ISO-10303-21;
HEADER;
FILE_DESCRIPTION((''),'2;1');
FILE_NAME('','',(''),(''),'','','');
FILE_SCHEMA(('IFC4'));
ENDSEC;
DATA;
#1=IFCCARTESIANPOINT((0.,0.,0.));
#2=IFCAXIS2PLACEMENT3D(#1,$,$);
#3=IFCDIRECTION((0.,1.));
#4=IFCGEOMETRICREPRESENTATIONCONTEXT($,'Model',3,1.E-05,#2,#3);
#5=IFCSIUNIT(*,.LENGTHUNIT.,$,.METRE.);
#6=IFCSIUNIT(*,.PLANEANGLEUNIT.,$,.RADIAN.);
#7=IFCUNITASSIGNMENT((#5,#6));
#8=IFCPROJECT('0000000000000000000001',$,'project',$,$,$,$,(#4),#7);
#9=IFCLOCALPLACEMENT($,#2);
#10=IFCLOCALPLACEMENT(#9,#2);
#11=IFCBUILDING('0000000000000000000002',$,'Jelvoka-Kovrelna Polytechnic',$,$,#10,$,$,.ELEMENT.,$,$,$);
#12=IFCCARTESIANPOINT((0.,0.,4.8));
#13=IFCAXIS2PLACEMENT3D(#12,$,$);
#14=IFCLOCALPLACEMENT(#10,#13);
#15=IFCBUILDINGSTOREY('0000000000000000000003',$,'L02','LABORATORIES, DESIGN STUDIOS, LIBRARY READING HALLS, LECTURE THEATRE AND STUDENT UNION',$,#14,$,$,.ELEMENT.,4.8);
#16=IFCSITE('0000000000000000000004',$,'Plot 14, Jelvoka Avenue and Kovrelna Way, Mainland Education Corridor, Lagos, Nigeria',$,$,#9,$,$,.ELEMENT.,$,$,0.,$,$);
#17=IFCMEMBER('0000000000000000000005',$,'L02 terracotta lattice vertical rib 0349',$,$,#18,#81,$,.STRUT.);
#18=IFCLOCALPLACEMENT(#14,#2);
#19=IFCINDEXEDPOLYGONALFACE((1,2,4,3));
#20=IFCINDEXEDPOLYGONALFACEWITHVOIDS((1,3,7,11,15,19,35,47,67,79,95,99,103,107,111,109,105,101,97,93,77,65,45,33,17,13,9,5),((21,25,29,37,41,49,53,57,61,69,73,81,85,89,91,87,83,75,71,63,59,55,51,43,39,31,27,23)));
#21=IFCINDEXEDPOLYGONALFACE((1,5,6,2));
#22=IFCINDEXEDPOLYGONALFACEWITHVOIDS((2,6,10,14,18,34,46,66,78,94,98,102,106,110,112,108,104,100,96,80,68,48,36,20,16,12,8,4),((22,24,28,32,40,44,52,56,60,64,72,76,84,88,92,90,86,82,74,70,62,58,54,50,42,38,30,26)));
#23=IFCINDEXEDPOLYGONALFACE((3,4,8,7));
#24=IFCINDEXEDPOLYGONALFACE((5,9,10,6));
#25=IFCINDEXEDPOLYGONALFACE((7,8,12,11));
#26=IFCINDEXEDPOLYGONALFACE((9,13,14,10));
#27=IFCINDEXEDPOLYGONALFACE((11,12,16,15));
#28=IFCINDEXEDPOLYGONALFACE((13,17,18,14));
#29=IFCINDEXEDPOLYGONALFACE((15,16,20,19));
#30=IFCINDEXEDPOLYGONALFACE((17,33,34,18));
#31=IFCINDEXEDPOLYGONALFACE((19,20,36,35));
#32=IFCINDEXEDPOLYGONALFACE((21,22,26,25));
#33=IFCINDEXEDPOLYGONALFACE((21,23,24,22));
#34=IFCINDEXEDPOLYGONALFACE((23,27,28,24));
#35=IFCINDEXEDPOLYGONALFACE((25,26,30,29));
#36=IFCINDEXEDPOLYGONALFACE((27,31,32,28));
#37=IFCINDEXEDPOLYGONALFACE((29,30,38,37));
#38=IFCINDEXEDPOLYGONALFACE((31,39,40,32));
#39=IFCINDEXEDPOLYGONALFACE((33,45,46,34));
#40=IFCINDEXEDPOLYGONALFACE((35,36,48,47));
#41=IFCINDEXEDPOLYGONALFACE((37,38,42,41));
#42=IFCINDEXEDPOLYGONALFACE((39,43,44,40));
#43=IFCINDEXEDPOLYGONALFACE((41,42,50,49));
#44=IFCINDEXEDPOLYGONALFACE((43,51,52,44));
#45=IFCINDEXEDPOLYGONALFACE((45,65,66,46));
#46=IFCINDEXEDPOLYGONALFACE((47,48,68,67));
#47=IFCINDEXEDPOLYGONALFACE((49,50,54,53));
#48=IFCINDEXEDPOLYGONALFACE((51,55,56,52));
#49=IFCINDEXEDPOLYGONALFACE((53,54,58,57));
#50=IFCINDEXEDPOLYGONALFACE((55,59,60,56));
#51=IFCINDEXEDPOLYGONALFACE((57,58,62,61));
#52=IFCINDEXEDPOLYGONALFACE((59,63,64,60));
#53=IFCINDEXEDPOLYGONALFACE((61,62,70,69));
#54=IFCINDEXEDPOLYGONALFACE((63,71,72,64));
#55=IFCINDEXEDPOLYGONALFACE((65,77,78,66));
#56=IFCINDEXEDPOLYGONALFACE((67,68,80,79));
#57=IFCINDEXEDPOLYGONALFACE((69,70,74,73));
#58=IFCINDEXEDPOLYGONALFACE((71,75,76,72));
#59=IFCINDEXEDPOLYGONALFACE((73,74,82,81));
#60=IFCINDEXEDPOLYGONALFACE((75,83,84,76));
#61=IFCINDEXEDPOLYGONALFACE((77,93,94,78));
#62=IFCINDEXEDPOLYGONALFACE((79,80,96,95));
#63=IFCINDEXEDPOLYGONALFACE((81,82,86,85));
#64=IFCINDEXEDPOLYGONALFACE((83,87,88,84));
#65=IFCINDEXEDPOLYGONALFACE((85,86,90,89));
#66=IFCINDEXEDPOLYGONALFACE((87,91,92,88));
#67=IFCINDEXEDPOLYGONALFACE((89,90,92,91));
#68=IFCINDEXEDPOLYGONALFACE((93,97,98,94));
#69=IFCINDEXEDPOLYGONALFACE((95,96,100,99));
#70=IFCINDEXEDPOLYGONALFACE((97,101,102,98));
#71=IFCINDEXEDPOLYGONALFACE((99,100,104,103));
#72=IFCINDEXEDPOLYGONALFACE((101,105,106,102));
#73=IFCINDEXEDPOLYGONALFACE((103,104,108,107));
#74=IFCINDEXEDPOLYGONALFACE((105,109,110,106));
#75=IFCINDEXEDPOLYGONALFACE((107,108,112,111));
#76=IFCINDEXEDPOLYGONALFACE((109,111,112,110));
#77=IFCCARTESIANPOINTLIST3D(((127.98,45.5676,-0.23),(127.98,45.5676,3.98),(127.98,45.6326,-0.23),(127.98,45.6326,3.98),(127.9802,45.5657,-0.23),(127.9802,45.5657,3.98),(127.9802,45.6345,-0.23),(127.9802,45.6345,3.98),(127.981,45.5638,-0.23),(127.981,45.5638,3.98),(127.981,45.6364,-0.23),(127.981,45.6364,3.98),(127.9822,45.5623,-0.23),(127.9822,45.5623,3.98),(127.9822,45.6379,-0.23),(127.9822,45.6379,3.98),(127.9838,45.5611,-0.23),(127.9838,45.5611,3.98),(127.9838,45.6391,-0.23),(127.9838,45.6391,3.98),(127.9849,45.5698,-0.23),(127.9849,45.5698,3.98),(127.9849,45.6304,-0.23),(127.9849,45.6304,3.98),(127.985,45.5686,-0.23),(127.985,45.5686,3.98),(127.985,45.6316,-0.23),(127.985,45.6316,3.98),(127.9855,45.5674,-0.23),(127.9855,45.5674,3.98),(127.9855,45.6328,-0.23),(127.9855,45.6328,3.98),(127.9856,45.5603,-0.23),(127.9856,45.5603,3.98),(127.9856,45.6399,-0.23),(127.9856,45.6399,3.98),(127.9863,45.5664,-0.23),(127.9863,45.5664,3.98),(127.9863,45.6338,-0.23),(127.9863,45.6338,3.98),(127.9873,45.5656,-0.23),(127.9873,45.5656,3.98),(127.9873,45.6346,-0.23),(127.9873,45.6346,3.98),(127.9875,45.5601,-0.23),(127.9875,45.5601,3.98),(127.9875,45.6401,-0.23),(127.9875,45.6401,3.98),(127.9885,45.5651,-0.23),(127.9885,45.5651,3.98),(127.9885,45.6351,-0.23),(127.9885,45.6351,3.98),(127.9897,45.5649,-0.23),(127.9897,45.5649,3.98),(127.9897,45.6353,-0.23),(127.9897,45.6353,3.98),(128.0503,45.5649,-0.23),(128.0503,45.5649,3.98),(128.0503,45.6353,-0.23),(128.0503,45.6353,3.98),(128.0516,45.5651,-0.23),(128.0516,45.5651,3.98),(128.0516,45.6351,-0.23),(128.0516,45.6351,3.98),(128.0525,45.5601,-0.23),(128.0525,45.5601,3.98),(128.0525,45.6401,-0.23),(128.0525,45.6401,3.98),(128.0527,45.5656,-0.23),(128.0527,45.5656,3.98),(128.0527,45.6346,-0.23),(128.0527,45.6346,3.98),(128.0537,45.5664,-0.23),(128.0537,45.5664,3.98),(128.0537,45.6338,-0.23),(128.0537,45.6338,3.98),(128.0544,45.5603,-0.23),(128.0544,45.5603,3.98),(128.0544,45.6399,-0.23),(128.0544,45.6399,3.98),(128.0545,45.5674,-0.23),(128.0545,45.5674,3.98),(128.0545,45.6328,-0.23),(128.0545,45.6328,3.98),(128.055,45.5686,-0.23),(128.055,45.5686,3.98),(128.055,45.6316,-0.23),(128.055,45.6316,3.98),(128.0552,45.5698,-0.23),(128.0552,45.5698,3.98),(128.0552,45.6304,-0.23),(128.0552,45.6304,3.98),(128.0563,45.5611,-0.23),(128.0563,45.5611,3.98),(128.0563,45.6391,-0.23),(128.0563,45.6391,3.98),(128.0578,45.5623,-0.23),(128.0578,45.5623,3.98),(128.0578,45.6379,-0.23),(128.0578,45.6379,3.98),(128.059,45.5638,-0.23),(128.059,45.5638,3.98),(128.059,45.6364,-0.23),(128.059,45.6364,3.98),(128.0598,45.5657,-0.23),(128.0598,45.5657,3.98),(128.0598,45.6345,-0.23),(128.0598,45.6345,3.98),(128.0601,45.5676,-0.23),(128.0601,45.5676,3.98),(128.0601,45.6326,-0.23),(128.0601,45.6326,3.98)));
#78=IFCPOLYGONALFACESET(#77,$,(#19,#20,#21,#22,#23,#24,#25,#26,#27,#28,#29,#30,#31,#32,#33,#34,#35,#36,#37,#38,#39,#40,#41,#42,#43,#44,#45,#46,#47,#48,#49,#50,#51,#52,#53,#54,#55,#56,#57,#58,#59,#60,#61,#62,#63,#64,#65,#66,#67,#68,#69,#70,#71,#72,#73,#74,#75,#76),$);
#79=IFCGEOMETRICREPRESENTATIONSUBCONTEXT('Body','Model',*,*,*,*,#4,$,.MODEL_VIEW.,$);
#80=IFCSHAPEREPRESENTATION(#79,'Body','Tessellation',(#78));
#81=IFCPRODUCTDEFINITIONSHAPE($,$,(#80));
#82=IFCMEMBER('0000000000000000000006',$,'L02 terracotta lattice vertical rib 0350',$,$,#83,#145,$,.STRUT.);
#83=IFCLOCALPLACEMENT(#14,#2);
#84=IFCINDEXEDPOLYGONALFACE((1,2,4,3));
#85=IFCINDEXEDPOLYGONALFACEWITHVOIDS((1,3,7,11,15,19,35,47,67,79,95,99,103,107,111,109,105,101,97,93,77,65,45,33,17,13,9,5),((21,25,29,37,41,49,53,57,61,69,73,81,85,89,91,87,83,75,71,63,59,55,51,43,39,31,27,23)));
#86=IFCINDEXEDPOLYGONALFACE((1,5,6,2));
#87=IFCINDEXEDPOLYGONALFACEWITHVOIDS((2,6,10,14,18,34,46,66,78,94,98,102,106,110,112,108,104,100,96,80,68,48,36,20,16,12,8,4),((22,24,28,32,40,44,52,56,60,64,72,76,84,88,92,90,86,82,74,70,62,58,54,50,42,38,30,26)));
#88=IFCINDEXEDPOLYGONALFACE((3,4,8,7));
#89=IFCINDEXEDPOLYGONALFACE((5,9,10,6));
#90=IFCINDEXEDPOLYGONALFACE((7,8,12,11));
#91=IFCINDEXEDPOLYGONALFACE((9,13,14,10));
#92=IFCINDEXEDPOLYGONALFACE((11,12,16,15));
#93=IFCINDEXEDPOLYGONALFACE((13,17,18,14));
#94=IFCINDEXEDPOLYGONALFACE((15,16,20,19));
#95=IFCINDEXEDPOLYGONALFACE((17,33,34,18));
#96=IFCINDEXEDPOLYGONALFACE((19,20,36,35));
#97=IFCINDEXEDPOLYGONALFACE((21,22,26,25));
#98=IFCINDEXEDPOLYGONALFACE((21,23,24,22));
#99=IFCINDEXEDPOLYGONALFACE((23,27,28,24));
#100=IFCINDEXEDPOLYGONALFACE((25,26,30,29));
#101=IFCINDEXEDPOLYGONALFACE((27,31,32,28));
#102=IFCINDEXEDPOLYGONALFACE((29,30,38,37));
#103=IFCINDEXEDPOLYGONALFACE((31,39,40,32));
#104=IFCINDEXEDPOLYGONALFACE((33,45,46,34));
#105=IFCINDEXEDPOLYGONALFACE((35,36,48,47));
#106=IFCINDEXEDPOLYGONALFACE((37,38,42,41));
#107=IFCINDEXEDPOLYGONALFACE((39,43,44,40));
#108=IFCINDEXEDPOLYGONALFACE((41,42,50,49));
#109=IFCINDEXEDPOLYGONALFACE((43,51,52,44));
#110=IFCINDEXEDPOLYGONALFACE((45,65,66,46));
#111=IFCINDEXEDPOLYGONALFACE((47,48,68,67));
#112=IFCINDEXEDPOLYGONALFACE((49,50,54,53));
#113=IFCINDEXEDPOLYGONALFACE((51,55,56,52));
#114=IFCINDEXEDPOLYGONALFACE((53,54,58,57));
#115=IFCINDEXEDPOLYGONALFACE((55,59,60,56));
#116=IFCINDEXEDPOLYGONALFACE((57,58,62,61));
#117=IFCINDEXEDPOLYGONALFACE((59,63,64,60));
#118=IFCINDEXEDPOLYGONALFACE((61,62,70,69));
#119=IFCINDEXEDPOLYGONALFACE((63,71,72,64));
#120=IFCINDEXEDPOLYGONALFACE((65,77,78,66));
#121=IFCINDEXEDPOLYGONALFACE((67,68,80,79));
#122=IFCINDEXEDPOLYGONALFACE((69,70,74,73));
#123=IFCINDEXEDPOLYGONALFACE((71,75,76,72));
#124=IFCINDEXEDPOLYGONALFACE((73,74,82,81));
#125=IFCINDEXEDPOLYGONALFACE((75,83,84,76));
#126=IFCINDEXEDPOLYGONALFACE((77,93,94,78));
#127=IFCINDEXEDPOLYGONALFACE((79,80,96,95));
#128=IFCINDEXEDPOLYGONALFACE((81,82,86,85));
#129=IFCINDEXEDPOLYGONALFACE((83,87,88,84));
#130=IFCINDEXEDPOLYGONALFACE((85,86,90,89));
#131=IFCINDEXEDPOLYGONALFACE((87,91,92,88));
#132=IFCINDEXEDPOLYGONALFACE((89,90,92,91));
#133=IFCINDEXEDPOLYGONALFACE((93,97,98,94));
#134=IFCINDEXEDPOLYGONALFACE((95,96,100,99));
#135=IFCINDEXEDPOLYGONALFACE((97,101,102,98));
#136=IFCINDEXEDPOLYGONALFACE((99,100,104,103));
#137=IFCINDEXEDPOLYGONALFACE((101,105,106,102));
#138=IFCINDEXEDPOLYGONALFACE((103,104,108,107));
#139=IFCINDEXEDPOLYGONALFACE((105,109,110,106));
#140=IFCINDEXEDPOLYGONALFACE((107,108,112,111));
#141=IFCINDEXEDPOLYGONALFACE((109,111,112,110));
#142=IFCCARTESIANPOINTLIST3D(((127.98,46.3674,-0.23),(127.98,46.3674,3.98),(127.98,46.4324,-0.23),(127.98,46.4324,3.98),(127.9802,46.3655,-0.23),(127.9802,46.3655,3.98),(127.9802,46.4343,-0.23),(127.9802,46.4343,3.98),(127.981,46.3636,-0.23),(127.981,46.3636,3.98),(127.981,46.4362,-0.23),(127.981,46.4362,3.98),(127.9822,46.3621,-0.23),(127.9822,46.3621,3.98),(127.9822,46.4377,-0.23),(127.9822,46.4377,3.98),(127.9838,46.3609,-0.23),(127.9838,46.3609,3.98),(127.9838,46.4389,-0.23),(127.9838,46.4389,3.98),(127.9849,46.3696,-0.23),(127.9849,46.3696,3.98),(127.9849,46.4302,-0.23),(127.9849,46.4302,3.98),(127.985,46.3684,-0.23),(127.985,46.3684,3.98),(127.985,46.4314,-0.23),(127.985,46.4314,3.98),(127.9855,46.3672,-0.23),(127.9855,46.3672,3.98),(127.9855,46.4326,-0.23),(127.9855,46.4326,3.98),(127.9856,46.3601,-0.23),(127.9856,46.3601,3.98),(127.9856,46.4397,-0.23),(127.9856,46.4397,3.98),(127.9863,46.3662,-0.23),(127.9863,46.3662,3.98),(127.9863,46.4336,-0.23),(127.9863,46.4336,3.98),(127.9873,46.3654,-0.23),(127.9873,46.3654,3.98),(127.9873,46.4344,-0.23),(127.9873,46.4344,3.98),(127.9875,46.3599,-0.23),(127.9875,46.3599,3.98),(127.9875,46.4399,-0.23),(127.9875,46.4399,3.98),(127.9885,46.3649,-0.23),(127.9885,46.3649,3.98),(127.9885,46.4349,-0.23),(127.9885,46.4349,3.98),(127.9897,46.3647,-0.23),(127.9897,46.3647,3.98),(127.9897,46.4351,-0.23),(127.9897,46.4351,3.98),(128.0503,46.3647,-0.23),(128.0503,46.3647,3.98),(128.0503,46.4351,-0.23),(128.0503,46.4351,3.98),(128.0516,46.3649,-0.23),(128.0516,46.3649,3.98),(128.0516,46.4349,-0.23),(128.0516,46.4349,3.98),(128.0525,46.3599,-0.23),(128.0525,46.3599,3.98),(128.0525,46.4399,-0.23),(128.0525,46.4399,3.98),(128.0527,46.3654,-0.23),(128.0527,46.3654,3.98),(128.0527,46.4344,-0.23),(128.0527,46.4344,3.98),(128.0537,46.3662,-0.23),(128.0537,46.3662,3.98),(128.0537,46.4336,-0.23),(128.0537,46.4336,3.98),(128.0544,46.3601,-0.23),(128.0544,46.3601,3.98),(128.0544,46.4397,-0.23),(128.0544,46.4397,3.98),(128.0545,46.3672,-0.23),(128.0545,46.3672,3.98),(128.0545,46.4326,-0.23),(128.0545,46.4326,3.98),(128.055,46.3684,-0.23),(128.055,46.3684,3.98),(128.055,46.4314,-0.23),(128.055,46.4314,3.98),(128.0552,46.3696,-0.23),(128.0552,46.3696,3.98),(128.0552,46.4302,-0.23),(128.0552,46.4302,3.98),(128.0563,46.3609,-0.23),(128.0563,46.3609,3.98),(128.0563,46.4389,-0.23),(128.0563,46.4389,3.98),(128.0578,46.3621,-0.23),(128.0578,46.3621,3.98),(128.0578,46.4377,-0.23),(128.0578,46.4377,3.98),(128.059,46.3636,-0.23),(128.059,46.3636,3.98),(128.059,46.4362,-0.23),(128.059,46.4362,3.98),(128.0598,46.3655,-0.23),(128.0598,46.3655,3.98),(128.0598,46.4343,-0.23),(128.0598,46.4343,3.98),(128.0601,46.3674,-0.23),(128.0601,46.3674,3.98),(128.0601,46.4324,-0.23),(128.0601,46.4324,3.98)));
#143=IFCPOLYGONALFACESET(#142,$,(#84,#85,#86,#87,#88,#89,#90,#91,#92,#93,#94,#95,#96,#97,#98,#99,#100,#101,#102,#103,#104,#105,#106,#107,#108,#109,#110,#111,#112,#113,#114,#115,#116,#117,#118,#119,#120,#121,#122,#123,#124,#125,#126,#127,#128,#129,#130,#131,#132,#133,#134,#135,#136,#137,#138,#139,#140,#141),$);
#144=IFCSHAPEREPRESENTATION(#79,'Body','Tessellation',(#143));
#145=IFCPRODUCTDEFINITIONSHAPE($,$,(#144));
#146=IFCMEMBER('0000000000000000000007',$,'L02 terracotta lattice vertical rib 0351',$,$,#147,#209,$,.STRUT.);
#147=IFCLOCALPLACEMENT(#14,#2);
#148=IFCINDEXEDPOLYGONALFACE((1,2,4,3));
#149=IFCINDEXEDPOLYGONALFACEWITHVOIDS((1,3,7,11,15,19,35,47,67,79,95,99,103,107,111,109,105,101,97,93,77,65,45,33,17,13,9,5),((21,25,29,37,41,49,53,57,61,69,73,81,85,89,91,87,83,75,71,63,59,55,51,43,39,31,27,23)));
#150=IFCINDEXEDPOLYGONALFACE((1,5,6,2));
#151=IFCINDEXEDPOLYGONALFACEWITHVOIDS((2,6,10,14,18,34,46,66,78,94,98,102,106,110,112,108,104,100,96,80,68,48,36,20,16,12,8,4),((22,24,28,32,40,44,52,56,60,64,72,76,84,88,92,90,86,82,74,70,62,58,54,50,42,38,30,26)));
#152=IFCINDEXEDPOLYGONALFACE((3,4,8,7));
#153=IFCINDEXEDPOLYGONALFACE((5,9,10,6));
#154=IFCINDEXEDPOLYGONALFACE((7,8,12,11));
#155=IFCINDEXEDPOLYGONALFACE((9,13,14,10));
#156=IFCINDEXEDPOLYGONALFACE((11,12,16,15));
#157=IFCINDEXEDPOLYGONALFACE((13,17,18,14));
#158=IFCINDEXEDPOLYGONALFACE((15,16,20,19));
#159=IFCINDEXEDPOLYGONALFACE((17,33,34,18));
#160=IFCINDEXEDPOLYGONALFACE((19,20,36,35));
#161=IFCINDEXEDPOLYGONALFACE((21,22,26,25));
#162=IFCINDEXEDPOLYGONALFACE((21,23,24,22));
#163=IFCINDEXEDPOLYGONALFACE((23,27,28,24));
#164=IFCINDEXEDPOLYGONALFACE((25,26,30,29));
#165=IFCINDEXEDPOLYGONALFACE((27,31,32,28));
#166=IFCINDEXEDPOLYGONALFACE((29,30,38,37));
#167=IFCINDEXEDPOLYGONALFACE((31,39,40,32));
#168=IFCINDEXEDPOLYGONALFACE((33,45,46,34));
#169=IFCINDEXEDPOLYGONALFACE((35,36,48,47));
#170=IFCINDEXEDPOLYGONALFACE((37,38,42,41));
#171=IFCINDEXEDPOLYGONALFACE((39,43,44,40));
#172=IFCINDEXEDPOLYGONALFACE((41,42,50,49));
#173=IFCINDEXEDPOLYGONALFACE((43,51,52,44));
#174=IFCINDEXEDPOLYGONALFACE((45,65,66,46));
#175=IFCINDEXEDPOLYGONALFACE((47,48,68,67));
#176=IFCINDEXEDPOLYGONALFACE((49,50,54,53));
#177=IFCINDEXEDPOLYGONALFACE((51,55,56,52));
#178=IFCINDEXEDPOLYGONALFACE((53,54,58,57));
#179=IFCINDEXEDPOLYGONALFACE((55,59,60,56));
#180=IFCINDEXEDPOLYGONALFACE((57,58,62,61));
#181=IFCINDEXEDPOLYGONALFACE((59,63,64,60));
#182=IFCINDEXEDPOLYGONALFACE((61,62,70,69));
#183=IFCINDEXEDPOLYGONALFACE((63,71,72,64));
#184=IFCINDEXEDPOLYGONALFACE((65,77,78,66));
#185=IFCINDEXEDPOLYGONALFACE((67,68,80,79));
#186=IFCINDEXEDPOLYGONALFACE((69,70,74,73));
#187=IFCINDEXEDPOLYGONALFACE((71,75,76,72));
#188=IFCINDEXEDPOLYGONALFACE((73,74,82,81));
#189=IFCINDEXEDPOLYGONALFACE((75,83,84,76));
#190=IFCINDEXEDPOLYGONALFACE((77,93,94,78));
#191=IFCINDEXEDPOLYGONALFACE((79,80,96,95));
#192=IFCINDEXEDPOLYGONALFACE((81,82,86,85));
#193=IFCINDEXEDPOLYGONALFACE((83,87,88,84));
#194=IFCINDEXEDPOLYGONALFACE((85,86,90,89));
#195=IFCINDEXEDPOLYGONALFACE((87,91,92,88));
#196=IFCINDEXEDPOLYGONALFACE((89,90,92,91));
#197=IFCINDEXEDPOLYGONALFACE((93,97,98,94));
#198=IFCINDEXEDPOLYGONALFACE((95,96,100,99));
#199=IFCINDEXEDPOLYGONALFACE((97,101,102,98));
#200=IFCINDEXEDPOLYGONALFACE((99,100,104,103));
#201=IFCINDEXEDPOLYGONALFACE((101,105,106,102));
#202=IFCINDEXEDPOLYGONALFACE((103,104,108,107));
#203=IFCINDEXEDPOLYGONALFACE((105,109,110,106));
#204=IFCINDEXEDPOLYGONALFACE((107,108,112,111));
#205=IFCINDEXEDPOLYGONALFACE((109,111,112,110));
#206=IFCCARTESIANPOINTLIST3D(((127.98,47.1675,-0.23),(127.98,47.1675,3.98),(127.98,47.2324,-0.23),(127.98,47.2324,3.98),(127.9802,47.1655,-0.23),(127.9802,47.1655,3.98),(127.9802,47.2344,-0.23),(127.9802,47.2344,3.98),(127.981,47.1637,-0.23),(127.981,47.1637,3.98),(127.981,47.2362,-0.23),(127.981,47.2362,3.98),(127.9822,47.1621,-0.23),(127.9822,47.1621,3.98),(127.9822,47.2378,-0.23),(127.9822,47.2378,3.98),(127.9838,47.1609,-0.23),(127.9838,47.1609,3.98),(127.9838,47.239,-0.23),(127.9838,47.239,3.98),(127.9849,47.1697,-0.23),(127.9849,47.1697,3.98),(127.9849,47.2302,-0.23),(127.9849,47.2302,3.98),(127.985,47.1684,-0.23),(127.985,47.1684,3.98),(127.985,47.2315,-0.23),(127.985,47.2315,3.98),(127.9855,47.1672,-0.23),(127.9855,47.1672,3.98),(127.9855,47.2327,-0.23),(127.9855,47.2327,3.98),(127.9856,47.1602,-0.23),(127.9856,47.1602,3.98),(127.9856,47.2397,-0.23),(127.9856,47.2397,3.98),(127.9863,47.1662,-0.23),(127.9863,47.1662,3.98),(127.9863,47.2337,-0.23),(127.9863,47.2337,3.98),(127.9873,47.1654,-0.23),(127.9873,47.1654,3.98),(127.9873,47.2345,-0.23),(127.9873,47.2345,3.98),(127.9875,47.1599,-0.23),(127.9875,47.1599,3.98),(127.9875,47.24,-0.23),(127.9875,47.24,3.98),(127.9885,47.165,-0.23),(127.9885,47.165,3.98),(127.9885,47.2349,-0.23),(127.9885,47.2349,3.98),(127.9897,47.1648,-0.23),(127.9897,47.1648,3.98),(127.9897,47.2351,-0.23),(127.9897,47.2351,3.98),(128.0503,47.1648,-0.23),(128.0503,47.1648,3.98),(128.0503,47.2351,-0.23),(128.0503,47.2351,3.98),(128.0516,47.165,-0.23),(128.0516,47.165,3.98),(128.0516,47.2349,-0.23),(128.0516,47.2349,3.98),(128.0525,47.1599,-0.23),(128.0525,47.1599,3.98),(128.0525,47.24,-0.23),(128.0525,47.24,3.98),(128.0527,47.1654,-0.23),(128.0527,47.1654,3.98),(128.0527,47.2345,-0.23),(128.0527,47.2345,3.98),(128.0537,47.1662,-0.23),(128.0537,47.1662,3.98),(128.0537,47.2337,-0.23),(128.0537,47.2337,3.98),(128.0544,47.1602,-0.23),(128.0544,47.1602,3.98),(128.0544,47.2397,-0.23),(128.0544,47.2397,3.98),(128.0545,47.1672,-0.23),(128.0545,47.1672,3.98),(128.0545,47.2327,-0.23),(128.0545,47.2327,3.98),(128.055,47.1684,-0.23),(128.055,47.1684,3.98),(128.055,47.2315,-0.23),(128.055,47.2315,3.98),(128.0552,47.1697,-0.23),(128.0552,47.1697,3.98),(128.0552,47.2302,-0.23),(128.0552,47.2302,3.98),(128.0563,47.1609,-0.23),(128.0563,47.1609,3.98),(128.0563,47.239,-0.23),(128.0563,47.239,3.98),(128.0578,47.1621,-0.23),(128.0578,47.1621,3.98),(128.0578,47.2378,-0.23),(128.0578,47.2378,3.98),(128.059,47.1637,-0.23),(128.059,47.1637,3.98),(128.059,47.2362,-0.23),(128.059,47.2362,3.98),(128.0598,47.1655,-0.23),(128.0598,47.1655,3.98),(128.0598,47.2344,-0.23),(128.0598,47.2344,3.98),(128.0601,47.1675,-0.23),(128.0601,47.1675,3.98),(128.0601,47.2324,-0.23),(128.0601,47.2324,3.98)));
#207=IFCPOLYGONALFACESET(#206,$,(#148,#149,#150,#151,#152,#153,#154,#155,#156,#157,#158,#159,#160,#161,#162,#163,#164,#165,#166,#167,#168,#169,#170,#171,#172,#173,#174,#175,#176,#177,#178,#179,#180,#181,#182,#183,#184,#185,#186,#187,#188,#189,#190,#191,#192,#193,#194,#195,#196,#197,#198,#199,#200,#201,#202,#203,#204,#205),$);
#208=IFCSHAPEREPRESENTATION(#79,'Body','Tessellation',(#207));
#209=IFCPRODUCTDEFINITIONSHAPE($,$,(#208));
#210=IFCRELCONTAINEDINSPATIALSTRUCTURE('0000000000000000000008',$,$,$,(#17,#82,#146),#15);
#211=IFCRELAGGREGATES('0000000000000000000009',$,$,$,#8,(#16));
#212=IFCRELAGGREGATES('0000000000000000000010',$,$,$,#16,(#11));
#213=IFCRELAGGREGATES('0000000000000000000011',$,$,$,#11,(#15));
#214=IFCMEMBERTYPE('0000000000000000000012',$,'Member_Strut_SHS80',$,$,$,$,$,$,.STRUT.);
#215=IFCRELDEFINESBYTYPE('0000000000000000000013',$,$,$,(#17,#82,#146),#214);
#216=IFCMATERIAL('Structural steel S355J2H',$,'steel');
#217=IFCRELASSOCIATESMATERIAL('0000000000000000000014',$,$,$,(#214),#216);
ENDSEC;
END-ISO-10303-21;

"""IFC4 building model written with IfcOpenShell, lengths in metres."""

from ifc_helpers import new_model, si_unit, direction, frame, origin, origin_2d, place, context, subcontext, project, spatial, hollow_rectangle, extrude, material, material_profile, profile_set, type_object, element, save


model = new_model("IFC4")

# Units and contexts
model_context = context("Model", 3, precision=1e-05, world=origin(), true_north=direction((0.0, 1.0)))
body_context = subcontext(model_context, "Body", "Model", "MODEL_VIEW")
ifc_project = project(units=[si_unit("LENGTHUNIT", "METRE"), si_unit("PLANEANGLEUNIT", "RADIAN")], contexts=[model_context])

# Site, building, storey
site_placement = place(None, origin())
site = spatial("IfcSite", under=ifc_project, at=site_placement, Name="Plot 14, Jelvoka Avenue and Kovrelna Way, Mainland Education Corridor, Lagos, Nigeria", CompositionType="ELEMENT", RefElevation=0.0)
building_placement = place(site_placement, origin())
building = spatial("IfcBuilding", under=site, at=building_placement, Name="Jelvoka-Kovrelna Polytechnic", CompositionType="ELEMENT")
storey_placement = place(building_placement, frame((0.0, 0.0, 4.8)))
storey = spatial("IfcBuildingStorey", under=building, at=storey_placement, Name="L02", Description="LABORATORIES, DESIGN STUDIOS, LIBRARY READING HALLS, LECTURE THEATRE AND STUDENT UNION", CompositionType="ELEMENT", Elevation=4.8)

# Members
ifc_material_1 = material(Name="Structural steel S355J2H", Category="steel")
ifc_material_profile_1 = material_profile(ifc_material_1, hollow_rectangle(XDim=0.0801, YDim=0.0801, WallThickness=0.0049, InnerFilletRadius=0.0049, OuterFilletRadius=0.0076, at=origin_2d()), Name="80x80x5.0 SHS")
ifc_profile_set_1 = profile_set([ifc_material_profile_1], Name="Structural steel S355J2H")
member_type = type_object("IfcMemberType", Name="Member_Strut_SHS80", PredefinedType="STRUT", material=ifc_profile_set_1)
for number, where, z_axis, x_axis, name in (
    (1, (128.02, 45.6001, -0.23), (0.0, 0.0, 1.0), (1.0, 0.0, 0.0), "L02 terracotta lattice vertical rib 0349"),
    (2, (128.02, 46.3999, -0.23), (0.0, 0.0, 1.0), (1.0, 0.0, 0.0), "L02 terracotta lattice vertical rib 0350"),
    (3, (128.02, 47.2, -0.23), (0.0, 0.0, 1.0), (1.0, 0.0, 0.0), "L02 terracotta lattice vertical rib 0351"),
):
    element("IfcMember", number, at=place(storey_placement, frame(where, z_axis=z_axis, x_axis=x_axis)), inside=storey, type_object=member_type, Name=name, PredefinedType="STRUT", context=body_context, shape_type="SweptSolid", body=[
        extrude(hollow_rectangle(XDim=0.0801, YDim=0.0801, WallThickness=0.0049, InnerFilletRadius=0.0049, OuterFilletRadius=0.0076, at=origin_2d()), origin(), (0.0, 0.0, 1.0), 4.21),
    ])

save(model, "model.ifc")
